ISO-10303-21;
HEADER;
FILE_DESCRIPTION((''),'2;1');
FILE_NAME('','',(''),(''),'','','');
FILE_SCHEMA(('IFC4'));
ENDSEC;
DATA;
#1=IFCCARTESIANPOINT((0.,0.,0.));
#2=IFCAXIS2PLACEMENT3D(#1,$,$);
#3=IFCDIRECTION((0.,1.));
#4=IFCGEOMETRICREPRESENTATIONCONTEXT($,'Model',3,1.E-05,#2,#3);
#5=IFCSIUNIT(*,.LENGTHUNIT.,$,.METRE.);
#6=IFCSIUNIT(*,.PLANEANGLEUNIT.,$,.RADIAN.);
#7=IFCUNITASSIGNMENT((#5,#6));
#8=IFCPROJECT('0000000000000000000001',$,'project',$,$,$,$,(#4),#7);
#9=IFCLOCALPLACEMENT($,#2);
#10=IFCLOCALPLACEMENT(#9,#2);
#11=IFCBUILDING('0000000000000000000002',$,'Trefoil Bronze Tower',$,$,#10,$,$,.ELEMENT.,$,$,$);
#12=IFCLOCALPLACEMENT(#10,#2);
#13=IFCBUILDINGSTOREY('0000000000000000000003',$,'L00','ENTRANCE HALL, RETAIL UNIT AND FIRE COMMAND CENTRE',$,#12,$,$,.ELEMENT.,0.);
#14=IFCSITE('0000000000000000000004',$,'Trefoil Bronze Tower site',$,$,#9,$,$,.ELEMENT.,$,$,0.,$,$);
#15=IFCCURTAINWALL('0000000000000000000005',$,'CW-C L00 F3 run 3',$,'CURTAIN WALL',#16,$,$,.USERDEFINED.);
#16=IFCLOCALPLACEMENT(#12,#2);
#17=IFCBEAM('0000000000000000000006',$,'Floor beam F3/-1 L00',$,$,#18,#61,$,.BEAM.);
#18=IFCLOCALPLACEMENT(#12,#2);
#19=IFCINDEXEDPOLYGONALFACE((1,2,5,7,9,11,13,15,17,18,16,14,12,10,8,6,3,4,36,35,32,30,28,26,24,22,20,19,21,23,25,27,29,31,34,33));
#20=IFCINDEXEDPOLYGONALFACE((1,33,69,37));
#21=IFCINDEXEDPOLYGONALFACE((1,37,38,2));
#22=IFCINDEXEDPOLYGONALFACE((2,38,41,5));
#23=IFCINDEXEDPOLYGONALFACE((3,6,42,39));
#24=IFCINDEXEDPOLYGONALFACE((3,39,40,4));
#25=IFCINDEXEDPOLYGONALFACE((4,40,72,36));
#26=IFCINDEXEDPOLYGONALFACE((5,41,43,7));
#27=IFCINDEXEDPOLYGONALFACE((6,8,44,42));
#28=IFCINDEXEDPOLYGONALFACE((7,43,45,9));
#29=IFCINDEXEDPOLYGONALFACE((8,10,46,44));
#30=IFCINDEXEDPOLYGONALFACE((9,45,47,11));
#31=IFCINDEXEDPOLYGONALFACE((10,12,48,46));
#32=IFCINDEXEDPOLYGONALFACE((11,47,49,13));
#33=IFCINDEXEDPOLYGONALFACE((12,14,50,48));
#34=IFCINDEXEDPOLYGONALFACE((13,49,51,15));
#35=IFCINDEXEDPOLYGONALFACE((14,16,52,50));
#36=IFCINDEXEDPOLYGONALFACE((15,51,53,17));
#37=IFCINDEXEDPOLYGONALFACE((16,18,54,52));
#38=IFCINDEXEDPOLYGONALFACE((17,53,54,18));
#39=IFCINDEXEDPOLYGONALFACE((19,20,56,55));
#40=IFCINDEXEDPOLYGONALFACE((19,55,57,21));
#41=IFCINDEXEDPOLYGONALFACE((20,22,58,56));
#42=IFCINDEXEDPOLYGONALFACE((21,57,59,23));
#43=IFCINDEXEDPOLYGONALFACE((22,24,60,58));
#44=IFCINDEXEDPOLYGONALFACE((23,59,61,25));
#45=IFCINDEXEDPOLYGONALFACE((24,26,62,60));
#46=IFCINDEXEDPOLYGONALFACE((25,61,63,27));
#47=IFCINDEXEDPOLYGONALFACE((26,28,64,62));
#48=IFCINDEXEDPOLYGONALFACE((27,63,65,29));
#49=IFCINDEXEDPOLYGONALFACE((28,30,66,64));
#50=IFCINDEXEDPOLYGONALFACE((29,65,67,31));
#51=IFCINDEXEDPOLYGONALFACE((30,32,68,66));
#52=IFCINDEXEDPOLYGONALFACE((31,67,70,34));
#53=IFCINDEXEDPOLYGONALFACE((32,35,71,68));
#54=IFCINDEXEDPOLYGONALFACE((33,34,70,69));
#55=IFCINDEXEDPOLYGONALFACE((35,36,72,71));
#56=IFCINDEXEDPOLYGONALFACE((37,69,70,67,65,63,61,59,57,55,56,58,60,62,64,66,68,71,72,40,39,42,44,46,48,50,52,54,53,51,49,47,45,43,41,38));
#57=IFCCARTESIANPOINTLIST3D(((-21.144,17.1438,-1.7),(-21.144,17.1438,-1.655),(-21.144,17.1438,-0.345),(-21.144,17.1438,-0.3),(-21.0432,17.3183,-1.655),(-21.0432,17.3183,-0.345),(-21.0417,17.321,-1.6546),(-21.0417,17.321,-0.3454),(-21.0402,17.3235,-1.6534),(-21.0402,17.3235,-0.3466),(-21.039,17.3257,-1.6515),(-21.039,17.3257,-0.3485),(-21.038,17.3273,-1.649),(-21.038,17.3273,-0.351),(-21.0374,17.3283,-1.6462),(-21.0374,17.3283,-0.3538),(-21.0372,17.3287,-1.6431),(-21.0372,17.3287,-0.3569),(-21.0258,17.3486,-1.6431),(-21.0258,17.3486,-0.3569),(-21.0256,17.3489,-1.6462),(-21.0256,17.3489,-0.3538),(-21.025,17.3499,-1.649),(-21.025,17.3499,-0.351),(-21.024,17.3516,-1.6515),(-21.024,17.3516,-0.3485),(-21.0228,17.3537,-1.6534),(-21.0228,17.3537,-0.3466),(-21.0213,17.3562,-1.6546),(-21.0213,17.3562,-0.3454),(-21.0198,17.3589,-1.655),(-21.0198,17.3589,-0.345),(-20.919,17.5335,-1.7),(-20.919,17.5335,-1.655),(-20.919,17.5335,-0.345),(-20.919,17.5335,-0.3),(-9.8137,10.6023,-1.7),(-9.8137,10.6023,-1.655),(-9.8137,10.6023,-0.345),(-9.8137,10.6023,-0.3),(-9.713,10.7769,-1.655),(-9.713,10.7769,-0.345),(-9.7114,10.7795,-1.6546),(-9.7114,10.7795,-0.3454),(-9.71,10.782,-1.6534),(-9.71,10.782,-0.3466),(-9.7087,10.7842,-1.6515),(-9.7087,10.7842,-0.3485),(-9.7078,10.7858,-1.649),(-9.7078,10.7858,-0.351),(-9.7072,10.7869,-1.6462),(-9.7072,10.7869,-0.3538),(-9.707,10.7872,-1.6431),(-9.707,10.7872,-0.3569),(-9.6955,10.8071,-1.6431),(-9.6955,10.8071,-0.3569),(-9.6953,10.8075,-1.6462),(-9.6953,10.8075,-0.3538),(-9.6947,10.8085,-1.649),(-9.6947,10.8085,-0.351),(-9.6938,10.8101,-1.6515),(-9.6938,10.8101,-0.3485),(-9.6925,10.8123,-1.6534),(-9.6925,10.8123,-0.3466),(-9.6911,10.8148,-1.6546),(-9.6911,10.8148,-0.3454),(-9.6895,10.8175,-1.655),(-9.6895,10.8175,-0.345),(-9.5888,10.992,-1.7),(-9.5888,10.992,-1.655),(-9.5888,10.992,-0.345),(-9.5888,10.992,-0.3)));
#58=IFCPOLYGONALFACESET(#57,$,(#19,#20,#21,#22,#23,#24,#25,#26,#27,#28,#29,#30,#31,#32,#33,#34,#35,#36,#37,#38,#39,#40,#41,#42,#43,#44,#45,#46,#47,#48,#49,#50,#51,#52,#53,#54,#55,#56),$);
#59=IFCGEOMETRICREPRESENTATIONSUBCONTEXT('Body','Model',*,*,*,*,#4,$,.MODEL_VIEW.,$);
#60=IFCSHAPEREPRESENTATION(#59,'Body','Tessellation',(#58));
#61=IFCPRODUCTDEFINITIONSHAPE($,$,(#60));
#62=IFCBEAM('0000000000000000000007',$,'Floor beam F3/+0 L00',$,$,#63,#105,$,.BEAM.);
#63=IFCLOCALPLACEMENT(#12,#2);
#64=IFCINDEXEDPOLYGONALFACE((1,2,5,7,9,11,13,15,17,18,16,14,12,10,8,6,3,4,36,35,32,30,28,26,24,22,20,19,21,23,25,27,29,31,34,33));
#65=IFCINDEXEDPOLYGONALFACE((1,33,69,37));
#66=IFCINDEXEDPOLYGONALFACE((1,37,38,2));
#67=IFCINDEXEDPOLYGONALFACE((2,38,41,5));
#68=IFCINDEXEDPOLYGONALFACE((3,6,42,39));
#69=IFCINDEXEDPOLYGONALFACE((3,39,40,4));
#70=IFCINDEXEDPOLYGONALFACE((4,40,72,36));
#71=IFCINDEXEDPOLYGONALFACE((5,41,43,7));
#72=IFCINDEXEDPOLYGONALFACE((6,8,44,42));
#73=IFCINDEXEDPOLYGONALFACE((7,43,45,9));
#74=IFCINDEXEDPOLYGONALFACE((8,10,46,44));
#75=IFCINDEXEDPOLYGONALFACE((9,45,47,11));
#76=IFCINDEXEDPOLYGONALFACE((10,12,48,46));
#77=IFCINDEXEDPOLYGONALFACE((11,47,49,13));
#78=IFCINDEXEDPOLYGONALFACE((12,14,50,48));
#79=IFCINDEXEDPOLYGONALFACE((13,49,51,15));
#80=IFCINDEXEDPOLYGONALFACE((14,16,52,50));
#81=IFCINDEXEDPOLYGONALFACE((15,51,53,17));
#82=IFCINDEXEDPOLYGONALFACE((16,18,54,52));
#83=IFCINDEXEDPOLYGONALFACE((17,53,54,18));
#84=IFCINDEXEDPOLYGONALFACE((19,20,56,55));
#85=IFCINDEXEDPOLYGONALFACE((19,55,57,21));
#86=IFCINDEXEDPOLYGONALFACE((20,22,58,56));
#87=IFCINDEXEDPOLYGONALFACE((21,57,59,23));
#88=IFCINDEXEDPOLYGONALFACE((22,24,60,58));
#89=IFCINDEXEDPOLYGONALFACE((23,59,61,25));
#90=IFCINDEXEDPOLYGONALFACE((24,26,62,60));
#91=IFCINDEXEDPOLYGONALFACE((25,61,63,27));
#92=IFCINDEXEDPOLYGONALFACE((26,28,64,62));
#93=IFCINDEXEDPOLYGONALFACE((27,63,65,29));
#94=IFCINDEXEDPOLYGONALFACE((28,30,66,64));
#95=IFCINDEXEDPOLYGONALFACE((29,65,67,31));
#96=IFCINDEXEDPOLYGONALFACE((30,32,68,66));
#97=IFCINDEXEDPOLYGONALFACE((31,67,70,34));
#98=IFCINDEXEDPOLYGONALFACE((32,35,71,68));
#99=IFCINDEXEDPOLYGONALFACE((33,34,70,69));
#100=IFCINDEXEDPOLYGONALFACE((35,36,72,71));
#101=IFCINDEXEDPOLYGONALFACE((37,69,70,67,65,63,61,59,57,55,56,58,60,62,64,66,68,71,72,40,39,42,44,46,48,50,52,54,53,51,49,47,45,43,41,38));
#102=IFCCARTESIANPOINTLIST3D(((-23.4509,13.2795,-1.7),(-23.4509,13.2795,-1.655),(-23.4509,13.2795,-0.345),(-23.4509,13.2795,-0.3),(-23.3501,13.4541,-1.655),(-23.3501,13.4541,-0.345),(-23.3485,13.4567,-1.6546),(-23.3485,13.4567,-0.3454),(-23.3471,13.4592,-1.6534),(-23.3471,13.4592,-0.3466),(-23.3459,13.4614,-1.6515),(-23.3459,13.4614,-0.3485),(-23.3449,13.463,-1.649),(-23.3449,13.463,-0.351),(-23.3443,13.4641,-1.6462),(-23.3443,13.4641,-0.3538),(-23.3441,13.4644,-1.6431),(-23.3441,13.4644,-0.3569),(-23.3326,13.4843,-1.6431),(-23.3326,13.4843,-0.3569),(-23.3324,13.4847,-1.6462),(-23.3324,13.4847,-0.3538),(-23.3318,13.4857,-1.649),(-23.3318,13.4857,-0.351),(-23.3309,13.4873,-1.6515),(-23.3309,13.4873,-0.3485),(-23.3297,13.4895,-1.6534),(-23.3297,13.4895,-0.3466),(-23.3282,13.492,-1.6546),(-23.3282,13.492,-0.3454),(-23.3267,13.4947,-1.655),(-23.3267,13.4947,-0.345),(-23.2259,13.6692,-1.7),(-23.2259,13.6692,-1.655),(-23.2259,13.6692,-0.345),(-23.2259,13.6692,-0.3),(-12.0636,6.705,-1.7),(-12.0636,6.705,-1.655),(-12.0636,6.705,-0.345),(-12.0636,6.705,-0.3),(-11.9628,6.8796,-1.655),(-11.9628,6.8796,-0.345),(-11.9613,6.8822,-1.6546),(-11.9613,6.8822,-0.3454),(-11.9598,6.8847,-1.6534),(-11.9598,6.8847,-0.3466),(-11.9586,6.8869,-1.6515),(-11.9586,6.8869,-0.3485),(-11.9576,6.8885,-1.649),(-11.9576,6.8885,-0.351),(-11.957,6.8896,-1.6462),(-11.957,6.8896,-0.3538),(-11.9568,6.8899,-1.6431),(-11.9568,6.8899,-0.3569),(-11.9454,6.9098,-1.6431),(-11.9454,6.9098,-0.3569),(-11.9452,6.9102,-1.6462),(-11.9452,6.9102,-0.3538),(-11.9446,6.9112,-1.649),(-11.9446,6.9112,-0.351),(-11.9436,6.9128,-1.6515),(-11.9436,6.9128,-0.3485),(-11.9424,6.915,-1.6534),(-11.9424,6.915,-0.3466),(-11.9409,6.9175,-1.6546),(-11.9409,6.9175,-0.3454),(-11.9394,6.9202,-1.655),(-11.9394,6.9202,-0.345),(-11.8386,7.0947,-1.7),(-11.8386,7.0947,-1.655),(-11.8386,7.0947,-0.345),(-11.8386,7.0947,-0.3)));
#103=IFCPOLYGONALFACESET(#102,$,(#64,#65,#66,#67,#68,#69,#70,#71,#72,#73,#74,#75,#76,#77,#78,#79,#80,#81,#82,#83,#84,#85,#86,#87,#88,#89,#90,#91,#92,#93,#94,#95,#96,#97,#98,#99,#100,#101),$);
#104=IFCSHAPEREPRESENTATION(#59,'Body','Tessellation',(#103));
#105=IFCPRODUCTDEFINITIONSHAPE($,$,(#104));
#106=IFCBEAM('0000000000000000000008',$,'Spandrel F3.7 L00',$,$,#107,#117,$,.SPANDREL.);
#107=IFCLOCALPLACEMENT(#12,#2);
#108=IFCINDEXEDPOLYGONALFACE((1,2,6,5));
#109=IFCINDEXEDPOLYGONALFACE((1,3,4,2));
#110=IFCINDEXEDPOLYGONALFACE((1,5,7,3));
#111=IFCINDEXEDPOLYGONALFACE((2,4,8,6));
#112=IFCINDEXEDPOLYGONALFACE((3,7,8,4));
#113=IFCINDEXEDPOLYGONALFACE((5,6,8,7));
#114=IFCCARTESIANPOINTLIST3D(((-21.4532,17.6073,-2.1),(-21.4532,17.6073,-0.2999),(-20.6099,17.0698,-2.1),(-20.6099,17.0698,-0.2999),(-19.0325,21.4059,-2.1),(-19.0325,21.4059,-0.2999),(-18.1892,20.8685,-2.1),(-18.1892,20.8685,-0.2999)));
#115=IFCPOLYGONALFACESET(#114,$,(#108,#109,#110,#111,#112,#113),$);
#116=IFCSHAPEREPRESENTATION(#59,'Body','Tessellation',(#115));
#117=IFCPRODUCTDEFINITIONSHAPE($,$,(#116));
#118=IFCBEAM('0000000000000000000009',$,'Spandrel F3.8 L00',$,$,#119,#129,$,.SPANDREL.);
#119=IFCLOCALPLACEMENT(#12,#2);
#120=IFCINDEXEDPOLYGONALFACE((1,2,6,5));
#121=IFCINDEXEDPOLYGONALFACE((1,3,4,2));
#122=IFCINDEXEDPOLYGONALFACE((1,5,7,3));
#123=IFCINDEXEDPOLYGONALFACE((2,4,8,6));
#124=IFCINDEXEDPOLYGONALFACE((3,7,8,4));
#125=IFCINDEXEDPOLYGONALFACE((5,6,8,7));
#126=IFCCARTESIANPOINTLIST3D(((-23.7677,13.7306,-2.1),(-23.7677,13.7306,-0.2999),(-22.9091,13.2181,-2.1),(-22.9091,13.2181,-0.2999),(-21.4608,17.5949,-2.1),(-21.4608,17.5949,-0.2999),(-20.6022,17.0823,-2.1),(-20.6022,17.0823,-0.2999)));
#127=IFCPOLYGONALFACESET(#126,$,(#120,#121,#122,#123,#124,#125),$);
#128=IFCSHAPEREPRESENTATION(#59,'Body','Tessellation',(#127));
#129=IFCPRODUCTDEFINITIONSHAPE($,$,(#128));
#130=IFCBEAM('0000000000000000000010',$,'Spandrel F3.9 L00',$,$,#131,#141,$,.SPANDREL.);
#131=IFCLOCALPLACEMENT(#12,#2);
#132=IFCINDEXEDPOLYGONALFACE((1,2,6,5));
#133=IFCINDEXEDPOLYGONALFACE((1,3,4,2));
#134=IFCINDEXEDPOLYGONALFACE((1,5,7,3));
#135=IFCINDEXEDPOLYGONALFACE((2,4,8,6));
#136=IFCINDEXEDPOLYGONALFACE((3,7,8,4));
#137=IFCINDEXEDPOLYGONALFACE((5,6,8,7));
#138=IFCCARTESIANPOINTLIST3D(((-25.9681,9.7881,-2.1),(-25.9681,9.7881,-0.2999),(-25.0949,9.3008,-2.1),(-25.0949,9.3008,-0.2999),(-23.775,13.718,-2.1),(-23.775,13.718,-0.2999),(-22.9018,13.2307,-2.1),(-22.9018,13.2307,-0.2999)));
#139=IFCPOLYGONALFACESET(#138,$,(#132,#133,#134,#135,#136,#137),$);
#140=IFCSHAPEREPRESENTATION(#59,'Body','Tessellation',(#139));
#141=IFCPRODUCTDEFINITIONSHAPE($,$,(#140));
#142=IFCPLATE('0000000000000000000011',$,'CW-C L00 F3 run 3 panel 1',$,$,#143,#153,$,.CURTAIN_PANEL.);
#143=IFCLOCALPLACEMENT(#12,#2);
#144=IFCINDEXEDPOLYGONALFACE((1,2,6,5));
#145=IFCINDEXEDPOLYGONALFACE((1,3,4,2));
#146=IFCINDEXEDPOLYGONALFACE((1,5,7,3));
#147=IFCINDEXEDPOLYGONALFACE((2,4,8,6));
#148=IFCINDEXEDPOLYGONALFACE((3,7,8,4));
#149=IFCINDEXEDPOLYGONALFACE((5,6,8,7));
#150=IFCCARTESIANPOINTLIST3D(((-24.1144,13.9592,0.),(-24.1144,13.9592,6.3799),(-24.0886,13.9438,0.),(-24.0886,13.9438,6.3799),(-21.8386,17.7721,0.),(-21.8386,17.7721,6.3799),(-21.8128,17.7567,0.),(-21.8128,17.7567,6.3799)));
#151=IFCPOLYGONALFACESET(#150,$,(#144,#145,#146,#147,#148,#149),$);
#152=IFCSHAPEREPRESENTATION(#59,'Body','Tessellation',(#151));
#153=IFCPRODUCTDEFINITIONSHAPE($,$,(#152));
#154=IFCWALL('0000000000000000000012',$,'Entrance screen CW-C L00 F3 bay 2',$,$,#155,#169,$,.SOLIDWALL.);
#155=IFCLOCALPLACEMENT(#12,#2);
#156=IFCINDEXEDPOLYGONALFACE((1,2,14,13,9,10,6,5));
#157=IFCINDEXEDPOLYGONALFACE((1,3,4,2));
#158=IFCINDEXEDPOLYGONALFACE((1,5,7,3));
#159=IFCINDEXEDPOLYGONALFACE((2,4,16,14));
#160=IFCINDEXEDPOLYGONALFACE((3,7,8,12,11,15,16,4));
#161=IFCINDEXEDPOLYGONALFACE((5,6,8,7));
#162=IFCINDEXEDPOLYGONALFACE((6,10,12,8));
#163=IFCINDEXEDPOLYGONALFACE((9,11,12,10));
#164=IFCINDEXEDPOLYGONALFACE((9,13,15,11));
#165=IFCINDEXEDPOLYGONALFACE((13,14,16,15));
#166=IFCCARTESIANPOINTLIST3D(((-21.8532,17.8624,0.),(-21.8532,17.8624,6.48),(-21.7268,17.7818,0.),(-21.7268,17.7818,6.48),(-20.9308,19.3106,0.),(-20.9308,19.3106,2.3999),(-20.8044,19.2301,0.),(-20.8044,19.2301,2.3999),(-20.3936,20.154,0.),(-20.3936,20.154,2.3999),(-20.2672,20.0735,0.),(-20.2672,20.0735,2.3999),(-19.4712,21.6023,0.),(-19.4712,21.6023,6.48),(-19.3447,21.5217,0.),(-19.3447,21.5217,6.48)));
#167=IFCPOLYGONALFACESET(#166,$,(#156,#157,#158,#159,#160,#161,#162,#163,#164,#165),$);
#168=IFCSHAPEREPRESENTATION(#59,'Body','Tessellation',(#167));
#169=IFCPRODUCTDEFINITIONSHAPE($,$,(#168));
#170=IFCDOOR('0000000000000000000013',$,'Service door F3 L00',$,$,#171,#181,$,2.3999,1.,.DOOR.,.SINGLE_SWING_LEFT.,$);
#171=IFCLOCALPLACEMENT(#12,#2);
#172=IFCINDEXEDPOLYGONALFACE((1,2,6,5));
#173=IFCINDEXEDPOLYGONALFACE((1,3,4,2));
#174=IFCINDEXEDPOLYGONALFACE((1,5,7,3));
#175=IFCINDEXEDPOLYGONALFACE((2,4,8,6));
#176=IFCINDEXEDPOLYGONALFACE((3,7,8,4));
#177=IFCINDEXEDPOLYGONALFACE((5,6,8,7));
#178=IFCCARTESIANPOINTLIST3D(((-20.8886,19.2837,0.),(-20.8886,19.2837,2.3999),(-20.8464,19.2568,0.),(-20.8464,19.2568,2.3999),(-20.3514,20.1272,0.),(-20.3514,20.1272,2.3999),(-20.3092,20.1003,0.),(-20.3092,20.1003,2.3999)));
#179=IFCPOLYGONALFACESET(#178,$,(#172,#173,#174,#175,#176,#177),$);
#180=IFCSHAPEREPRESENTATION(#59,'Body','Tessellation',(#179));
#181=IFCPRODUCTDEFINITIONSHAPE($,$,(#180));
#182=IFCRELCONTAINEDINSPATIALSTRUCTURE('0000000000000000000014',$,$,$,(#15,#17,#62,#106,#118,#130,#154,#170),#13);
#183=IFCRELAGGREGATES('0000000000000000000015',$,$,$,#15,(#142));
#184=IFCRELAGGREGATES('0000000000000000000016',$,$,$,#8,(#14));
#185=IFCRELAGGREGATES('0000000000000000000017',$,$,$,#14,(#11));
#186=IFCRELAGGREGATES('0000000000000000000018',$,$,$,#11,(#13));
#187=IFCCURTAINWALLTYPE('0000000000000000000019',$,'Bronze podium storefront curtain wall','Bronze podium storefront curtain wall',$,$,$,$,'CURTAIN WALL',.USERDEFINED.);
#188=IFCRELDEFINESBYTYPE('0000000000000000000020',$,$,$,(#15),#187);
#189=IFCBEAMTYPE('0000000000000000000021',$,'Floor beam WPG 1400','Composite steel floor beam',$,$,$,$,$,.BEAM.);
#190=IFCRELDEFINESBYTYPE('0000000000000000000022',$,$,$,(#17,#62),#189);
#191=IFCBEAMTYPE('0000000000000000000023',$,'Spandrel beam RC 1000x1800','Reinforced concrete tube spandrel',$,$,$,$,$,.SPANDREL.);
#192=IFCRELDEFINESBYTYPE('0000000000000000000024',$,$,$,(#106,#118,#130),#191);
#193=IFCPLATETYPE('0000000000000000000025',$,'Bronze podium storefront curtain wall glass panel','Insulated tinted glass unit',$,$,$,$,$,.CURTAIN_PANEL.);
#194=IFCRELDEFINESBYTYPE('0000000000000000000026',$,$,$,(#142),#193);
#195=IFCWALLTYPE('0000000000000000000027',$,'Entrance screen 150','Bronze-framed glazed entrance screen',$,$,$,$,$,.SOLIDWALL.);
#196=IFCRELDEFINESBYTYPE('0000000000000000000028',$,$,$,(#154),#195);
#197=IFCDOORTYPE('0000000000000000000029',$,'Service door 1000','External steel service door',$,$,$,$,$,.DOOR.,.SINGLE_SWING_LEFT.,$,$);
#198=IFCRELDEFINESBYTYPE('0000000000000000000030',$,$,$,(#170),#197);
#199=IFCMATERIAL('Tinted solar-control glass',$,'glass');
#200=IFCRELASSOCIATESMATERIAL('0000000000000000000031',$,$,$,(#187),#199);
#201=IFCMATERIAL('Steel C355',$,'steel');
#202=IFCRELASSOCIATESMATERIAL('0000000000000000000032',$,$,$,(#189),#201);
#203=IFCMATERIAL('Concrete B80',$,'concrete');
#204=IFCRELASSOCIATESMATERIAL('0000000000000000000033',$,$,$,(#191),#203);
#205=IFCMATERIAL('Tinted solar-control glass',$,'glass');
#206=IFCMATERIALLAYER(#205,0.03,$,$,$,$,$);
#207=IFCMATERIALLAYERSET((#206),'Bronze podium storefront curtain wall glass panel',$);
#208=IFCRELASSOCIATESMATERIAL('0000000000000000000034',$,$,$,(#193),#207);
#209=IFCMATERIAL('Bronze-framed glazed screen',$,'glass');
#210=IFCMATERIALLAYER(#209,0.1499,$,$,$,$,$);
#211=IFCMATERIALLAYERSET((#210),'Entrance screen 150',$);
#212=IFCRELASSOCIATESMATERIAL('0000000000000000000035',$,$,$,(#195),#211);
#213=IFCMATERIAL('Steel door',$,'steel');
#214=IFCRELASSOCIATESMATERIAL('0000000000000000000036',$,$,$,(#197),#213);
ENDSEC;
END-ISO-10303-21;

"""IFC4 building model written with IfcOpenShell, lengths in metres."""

from ifc_helpers import new_model, si_unit, direction, frame, frame_2d, origin, origin_2d, place, context, subcontext, project, spatial, rectangle, i_section, extrude, material, layer, layer_set, material_profile, profile_set, type_object, element, fill, aggregate, save


model = new_model("IFC4")

# Units and contexts
model_context = context("Model", 3, precision=1e-05, world=origin(), true_north=direction((0.0, 1.0)))
body_context = subcontext(model_context, "Body", "Model", "MODEL_VIEW")
ifc_project = project(units=[si_unit("LENGTHUNIT", "METRE"), si_unit("PLANEANGLEUNIT", "RADIAN")], contexts=[model_context])

# Site, building, storey
site_placement = place(None, origin())
site = spatial("IfcSite", under=ifc_project, at=site_placement, Name="Trefoil Bronze Tower site", CompositionType="ELEMENT", RefElevation=0.0)
building_placement = place(site_placement, origin())
building = spatial("IfcBuilding", under=site, at=building_placement, Name="Trefoil Bronze Tower", CompositionType="ELEMENT")
storey_placement = place(building_placement, origin())
storey = spatial("IfcBuildingStorey", under=building, at=storey_placement, Name="L00", Description="ENTRANCE HALL, RETAIL UNIT AND FIRE COMMAND CENTRE", CompositionType="ELEMENT", Elevation=0.0)

# Shared definitions
ifc_material_1 = material(Name="Tinted solar-control glass", Category="glass")
curtain_wall_type = type_object("IfcCurtainWallType", Name="Bronze podium storefront curtain wall", Description="Bronze podium storefront curtain wall", ElementType="CURTAIN WALL", PredefinedType="USERDEFINED", material=ifc_material_1)

# Curtain wall
curtain_wall_1_placement = place(storey_placement, origin())
curtain_wall_1 = element("IfcCurtainWall", 1, at=curtain_wall_1_placement, inside=storey, type_object=curtain_wall_type, Name="CW-C L00 F3 run 3", ObjectType="CURTAIN WALL", PredefinedType="USERDEFINED")

# Beams
ifc_material_2 = material(Name="Steel C355", Category="steel")
ifc_material_profile_1 = material_profile(ifc_material_2, i_section(OverallWidth=0.45, OverallDepth=1.3999, WebThickness=0.0229, FlangeThickness=0.0449, FilletRadius=0.012, at=origin_2d()), Name="WPG 1400")
ifc_profile_set_1 = profile_set([ifc_material_profile_1], Name="Steel C355")
beam_type_1 = type_object("IfcBeamType", Name="Floor beam WPG 1400", Description="Composite steel floor beam", PredefinedType="BEAM", material=ifc_profile_set_1)
beam_1_placement = place(storey_placement, frame((-21.0315, 17.3386, -1.0), z_axis=(0.866027, -0.499997, 0.0), x_axis=(0.499997, 0.866027, 0.0)))
element("IfcBeam", 2, at=beam_1_placement, inside=storey, type_object=beam_type_1, Name="Floor beam F3/-1 L00", PredefinedType="BEAM", context=body_context, shape_type="SweptSolid", body=[
    extrude(i_section(OverallWidth=0.45, OverallDepth=1.3999, WebThickness=0.0229, FlangeThickness=0.0449, FilletRadius=0.012, at=origin_2d()), origin(), (0.0, 0.0, 1.0), 13.083),
])
beam_2_placement = place(storey_placement, frame((-23.3384, 13.4744, -1.0), z_axis=(0.866024, -0.500003, 0.0), x_axis=(0.500003, 0.866024, 0.0)))
element("IfcBeam", 3, at=beam_2_placement, inside=storey, type_object=beam_type_1, Name="Floor beam F3/+0 L00", PredefinedType="BEAM", context=body_context, shape_type="SweptSolid", body=[
    extrude(i_section(OverallWidth=0.45, OverallDepth=1.3999, WebThickness=0.0229, FlangeThickness=0.0449, FilletRadius=0.012, at=origin_2d()), origin(), (0.0, 0.0, 1.0), 13.1489),
])
ifc_material_3 = material(Name="Concrete B80", Category="concrete")
ifc_material_profile_2 = material_profile(ifc_material_3, rectangle(XDim=1.0, YDim=1.8, at=origin_2d()), Name="RC 1000x1800")
ifc_profile_set_2 = profile_set([ifc_material_profile_2], Name="Concrete B80")
beam_type_2 = type_object("IfcBeamType", Name="Spandrel beam RC 1000x1800", Description="Reinforced concrete tube spandrel", PredefinedType="SPANDREL", material=ifc_profile_set_2)
beam_3_placement = place(storey_placement, frame((-18.6108, 21.1372, -1.2), z_axis=(-0.537408, -0.843322, 0.0), x_axis=(0.843322, -0.537408, 0.0)))
element("IfcBeam", 4, at=beam_3_placement, inside=storey, type_object=beam_type_2, Name="Spandrel F3.7 L00", PredefinedType="SPANDREL", context=body_context, shape_type="SweptSolid", body=[
    extrude(rectangle(XDim=1.0, YDim=1.8, at=origin_2d()), origin(), (0.0, 0.0, 1.0), 4.5044),
])
for number, where, z_axis, x_axis, name in (
    (5, (-21.0315, 17.3386, -1.2), (-0.512588, -0.858635, 0.0), (0.858635, -0.512588, 0.0), "Spandrel F3.8 L00"),
    (6, (-23.3384, 13.4744, -1.2), (-0.487309, -0.873229, 0.0), (0.873229, -0.487309, 0.0), "Spandrel F3.9 L00"),
):
    element("IfcBeam", number, at=place(storey_placement, frame(where, z_axis=z_axis, x_axis=x_axis)), inside=storey, type_object=beam_type_2, Name=name, PredefinedType="SPANDREL", context=body_context, shape_type="SweptSolid", body=[
        extrude(rectangle(XDim=1.0, YDim=1.8, at=origin_2d()), origin(), (0.0, 0.0, 1.0), 4.5005),
    ])

# Plate
ifc_material_4 = material(Name="Tinted solar-control glass", Category="glass")
ifc_layer_1 = layer(ifc_material_4, 0.03)
ifc_layer_set_1 = layer_set([ifc_layer_1], Name="Bronze podium storefront curtain wall glass panel")
plate_type = type_object("IfcPlateType", Name="Bronze podium storefront curtain wall glass panel", Description="Insulated tinted glass unit", PredefinedType="CURTAIN_PANEL", material=ifc_layer_set_1)
plate_placement = place(storey_placement, frame((-22.9636, 15.8579, 0.0), z_axis=(0.0, 0.0, 1.0), x_axis=(-0.512513, -0.85868, 0.0)))
plate = element("IfcPlate", 7, at=plate_placement, type_object=plate_type, Name="CW-C L00 F3 run 3 panel 1", PredefinedType="CURTAIN_PANEL", context=body_context, shape_type="SweptSolid", body=[
    extrude(rectangle(XDim=4.4404, YDim=0.03, at=origin_2d()), origin(), (0.0, 0.0, 1.0), 6.3799),
])
aggregate(curtain_wall_1, [plate])

# Wall, opening, door
ifc_material_5 = material(Name="Bronze-framed glazed screen", Category="glass")
ifc_layer_2 = layer(ifc_material_5, 0.1499)
ifc_layer_set_2 = layer_set([ifc_layer_2], Name="Entrance screen 150")
wall_type = type_object("IfcWallType", Name="Entrance screen 150", Description="Bronze-framed glazed entrance screen", PredefinedType="SOLIDWALL", material=ifc_layer_set_2)
wall_placement = place(storey_placement, frame((-19.408, 21.562, 0.0), z_axis=(0.0, 0.0, 1.0), x_axis=(-0.53721, -0.843448, 0.0)))
wall = element("IfcWall", 8, at=wall_placement, inside=storey, type_object=wall_type, Name="Entrance screen CW-C L00 F3 bay 2", PredefinedType="SOLIDWALL", context=body_context, shape_type="SweptSolid", body=[
    extrude(rectangle(XDim=4.4341, YDim=0.1499, at=frame_2d((2.217, 0.0))), origin(), (0.0, 0.0, 1.0), 6.48),
])
opening_placement = place(wall_placement, frame((1.717, 0.0, 0.0)))
opening = element("IfcOpeningElement", 9, at=opening_placement, cuts=wall, PredefinedType="OPENING", context=body_context, shape_type="SweptSolid", body=[
    extrude(rectangle(XDim=1.0, YDim=2.3999, at=frame_2d((0.5, 1.2))), frame((0.0, 0.085, 0.0), z_axis=(0.0, -1.0, 0.0), x_axis=(1.0, 0.0, 0.0)), (0.0, 0.0, 1.0), 0.1699),
])
ifc_material_6 = material(Name="Steel door", Category="steel")
door_type = type_object("IfcDoorType", Name="Service door 1000", Description="External steel service door", OperationType="SINGLE_SWING_LEFT", PredefinedType="DOOR", material=ifc_material_6)
door_placement = place(opening_placement, frame((1.0, 0.0, 0.0), z_axis=(0.0, 0.0, 1.0), x_axis=(-1.0, 0.0, 0.0)))
door = element("IfcDoor", 10, at=door_placement, inside=storey, type_object=door_type, Name="Service door F3 L00", OperationType="SINGLE_SWING_LEFT", OverallHeight=2.3999, OverallWidth=1.0, PredefinedType="DOOR", context=body_context, shape_type="SweptSolid", body=[
    extrude(rectangle(XDim=1.0, YDim=2.3999, at=frame_2d((0.5, 1.2))), frame((0.0, 0.0249, 0.0), z_axis=(0.0, -1.0, 0.0), x_axis=(1.0, 0.0, 0.0)), (0.0, 0.0, 1.0), 0.05),
])
fill(opening, door)

save(model, "model.ifc")
